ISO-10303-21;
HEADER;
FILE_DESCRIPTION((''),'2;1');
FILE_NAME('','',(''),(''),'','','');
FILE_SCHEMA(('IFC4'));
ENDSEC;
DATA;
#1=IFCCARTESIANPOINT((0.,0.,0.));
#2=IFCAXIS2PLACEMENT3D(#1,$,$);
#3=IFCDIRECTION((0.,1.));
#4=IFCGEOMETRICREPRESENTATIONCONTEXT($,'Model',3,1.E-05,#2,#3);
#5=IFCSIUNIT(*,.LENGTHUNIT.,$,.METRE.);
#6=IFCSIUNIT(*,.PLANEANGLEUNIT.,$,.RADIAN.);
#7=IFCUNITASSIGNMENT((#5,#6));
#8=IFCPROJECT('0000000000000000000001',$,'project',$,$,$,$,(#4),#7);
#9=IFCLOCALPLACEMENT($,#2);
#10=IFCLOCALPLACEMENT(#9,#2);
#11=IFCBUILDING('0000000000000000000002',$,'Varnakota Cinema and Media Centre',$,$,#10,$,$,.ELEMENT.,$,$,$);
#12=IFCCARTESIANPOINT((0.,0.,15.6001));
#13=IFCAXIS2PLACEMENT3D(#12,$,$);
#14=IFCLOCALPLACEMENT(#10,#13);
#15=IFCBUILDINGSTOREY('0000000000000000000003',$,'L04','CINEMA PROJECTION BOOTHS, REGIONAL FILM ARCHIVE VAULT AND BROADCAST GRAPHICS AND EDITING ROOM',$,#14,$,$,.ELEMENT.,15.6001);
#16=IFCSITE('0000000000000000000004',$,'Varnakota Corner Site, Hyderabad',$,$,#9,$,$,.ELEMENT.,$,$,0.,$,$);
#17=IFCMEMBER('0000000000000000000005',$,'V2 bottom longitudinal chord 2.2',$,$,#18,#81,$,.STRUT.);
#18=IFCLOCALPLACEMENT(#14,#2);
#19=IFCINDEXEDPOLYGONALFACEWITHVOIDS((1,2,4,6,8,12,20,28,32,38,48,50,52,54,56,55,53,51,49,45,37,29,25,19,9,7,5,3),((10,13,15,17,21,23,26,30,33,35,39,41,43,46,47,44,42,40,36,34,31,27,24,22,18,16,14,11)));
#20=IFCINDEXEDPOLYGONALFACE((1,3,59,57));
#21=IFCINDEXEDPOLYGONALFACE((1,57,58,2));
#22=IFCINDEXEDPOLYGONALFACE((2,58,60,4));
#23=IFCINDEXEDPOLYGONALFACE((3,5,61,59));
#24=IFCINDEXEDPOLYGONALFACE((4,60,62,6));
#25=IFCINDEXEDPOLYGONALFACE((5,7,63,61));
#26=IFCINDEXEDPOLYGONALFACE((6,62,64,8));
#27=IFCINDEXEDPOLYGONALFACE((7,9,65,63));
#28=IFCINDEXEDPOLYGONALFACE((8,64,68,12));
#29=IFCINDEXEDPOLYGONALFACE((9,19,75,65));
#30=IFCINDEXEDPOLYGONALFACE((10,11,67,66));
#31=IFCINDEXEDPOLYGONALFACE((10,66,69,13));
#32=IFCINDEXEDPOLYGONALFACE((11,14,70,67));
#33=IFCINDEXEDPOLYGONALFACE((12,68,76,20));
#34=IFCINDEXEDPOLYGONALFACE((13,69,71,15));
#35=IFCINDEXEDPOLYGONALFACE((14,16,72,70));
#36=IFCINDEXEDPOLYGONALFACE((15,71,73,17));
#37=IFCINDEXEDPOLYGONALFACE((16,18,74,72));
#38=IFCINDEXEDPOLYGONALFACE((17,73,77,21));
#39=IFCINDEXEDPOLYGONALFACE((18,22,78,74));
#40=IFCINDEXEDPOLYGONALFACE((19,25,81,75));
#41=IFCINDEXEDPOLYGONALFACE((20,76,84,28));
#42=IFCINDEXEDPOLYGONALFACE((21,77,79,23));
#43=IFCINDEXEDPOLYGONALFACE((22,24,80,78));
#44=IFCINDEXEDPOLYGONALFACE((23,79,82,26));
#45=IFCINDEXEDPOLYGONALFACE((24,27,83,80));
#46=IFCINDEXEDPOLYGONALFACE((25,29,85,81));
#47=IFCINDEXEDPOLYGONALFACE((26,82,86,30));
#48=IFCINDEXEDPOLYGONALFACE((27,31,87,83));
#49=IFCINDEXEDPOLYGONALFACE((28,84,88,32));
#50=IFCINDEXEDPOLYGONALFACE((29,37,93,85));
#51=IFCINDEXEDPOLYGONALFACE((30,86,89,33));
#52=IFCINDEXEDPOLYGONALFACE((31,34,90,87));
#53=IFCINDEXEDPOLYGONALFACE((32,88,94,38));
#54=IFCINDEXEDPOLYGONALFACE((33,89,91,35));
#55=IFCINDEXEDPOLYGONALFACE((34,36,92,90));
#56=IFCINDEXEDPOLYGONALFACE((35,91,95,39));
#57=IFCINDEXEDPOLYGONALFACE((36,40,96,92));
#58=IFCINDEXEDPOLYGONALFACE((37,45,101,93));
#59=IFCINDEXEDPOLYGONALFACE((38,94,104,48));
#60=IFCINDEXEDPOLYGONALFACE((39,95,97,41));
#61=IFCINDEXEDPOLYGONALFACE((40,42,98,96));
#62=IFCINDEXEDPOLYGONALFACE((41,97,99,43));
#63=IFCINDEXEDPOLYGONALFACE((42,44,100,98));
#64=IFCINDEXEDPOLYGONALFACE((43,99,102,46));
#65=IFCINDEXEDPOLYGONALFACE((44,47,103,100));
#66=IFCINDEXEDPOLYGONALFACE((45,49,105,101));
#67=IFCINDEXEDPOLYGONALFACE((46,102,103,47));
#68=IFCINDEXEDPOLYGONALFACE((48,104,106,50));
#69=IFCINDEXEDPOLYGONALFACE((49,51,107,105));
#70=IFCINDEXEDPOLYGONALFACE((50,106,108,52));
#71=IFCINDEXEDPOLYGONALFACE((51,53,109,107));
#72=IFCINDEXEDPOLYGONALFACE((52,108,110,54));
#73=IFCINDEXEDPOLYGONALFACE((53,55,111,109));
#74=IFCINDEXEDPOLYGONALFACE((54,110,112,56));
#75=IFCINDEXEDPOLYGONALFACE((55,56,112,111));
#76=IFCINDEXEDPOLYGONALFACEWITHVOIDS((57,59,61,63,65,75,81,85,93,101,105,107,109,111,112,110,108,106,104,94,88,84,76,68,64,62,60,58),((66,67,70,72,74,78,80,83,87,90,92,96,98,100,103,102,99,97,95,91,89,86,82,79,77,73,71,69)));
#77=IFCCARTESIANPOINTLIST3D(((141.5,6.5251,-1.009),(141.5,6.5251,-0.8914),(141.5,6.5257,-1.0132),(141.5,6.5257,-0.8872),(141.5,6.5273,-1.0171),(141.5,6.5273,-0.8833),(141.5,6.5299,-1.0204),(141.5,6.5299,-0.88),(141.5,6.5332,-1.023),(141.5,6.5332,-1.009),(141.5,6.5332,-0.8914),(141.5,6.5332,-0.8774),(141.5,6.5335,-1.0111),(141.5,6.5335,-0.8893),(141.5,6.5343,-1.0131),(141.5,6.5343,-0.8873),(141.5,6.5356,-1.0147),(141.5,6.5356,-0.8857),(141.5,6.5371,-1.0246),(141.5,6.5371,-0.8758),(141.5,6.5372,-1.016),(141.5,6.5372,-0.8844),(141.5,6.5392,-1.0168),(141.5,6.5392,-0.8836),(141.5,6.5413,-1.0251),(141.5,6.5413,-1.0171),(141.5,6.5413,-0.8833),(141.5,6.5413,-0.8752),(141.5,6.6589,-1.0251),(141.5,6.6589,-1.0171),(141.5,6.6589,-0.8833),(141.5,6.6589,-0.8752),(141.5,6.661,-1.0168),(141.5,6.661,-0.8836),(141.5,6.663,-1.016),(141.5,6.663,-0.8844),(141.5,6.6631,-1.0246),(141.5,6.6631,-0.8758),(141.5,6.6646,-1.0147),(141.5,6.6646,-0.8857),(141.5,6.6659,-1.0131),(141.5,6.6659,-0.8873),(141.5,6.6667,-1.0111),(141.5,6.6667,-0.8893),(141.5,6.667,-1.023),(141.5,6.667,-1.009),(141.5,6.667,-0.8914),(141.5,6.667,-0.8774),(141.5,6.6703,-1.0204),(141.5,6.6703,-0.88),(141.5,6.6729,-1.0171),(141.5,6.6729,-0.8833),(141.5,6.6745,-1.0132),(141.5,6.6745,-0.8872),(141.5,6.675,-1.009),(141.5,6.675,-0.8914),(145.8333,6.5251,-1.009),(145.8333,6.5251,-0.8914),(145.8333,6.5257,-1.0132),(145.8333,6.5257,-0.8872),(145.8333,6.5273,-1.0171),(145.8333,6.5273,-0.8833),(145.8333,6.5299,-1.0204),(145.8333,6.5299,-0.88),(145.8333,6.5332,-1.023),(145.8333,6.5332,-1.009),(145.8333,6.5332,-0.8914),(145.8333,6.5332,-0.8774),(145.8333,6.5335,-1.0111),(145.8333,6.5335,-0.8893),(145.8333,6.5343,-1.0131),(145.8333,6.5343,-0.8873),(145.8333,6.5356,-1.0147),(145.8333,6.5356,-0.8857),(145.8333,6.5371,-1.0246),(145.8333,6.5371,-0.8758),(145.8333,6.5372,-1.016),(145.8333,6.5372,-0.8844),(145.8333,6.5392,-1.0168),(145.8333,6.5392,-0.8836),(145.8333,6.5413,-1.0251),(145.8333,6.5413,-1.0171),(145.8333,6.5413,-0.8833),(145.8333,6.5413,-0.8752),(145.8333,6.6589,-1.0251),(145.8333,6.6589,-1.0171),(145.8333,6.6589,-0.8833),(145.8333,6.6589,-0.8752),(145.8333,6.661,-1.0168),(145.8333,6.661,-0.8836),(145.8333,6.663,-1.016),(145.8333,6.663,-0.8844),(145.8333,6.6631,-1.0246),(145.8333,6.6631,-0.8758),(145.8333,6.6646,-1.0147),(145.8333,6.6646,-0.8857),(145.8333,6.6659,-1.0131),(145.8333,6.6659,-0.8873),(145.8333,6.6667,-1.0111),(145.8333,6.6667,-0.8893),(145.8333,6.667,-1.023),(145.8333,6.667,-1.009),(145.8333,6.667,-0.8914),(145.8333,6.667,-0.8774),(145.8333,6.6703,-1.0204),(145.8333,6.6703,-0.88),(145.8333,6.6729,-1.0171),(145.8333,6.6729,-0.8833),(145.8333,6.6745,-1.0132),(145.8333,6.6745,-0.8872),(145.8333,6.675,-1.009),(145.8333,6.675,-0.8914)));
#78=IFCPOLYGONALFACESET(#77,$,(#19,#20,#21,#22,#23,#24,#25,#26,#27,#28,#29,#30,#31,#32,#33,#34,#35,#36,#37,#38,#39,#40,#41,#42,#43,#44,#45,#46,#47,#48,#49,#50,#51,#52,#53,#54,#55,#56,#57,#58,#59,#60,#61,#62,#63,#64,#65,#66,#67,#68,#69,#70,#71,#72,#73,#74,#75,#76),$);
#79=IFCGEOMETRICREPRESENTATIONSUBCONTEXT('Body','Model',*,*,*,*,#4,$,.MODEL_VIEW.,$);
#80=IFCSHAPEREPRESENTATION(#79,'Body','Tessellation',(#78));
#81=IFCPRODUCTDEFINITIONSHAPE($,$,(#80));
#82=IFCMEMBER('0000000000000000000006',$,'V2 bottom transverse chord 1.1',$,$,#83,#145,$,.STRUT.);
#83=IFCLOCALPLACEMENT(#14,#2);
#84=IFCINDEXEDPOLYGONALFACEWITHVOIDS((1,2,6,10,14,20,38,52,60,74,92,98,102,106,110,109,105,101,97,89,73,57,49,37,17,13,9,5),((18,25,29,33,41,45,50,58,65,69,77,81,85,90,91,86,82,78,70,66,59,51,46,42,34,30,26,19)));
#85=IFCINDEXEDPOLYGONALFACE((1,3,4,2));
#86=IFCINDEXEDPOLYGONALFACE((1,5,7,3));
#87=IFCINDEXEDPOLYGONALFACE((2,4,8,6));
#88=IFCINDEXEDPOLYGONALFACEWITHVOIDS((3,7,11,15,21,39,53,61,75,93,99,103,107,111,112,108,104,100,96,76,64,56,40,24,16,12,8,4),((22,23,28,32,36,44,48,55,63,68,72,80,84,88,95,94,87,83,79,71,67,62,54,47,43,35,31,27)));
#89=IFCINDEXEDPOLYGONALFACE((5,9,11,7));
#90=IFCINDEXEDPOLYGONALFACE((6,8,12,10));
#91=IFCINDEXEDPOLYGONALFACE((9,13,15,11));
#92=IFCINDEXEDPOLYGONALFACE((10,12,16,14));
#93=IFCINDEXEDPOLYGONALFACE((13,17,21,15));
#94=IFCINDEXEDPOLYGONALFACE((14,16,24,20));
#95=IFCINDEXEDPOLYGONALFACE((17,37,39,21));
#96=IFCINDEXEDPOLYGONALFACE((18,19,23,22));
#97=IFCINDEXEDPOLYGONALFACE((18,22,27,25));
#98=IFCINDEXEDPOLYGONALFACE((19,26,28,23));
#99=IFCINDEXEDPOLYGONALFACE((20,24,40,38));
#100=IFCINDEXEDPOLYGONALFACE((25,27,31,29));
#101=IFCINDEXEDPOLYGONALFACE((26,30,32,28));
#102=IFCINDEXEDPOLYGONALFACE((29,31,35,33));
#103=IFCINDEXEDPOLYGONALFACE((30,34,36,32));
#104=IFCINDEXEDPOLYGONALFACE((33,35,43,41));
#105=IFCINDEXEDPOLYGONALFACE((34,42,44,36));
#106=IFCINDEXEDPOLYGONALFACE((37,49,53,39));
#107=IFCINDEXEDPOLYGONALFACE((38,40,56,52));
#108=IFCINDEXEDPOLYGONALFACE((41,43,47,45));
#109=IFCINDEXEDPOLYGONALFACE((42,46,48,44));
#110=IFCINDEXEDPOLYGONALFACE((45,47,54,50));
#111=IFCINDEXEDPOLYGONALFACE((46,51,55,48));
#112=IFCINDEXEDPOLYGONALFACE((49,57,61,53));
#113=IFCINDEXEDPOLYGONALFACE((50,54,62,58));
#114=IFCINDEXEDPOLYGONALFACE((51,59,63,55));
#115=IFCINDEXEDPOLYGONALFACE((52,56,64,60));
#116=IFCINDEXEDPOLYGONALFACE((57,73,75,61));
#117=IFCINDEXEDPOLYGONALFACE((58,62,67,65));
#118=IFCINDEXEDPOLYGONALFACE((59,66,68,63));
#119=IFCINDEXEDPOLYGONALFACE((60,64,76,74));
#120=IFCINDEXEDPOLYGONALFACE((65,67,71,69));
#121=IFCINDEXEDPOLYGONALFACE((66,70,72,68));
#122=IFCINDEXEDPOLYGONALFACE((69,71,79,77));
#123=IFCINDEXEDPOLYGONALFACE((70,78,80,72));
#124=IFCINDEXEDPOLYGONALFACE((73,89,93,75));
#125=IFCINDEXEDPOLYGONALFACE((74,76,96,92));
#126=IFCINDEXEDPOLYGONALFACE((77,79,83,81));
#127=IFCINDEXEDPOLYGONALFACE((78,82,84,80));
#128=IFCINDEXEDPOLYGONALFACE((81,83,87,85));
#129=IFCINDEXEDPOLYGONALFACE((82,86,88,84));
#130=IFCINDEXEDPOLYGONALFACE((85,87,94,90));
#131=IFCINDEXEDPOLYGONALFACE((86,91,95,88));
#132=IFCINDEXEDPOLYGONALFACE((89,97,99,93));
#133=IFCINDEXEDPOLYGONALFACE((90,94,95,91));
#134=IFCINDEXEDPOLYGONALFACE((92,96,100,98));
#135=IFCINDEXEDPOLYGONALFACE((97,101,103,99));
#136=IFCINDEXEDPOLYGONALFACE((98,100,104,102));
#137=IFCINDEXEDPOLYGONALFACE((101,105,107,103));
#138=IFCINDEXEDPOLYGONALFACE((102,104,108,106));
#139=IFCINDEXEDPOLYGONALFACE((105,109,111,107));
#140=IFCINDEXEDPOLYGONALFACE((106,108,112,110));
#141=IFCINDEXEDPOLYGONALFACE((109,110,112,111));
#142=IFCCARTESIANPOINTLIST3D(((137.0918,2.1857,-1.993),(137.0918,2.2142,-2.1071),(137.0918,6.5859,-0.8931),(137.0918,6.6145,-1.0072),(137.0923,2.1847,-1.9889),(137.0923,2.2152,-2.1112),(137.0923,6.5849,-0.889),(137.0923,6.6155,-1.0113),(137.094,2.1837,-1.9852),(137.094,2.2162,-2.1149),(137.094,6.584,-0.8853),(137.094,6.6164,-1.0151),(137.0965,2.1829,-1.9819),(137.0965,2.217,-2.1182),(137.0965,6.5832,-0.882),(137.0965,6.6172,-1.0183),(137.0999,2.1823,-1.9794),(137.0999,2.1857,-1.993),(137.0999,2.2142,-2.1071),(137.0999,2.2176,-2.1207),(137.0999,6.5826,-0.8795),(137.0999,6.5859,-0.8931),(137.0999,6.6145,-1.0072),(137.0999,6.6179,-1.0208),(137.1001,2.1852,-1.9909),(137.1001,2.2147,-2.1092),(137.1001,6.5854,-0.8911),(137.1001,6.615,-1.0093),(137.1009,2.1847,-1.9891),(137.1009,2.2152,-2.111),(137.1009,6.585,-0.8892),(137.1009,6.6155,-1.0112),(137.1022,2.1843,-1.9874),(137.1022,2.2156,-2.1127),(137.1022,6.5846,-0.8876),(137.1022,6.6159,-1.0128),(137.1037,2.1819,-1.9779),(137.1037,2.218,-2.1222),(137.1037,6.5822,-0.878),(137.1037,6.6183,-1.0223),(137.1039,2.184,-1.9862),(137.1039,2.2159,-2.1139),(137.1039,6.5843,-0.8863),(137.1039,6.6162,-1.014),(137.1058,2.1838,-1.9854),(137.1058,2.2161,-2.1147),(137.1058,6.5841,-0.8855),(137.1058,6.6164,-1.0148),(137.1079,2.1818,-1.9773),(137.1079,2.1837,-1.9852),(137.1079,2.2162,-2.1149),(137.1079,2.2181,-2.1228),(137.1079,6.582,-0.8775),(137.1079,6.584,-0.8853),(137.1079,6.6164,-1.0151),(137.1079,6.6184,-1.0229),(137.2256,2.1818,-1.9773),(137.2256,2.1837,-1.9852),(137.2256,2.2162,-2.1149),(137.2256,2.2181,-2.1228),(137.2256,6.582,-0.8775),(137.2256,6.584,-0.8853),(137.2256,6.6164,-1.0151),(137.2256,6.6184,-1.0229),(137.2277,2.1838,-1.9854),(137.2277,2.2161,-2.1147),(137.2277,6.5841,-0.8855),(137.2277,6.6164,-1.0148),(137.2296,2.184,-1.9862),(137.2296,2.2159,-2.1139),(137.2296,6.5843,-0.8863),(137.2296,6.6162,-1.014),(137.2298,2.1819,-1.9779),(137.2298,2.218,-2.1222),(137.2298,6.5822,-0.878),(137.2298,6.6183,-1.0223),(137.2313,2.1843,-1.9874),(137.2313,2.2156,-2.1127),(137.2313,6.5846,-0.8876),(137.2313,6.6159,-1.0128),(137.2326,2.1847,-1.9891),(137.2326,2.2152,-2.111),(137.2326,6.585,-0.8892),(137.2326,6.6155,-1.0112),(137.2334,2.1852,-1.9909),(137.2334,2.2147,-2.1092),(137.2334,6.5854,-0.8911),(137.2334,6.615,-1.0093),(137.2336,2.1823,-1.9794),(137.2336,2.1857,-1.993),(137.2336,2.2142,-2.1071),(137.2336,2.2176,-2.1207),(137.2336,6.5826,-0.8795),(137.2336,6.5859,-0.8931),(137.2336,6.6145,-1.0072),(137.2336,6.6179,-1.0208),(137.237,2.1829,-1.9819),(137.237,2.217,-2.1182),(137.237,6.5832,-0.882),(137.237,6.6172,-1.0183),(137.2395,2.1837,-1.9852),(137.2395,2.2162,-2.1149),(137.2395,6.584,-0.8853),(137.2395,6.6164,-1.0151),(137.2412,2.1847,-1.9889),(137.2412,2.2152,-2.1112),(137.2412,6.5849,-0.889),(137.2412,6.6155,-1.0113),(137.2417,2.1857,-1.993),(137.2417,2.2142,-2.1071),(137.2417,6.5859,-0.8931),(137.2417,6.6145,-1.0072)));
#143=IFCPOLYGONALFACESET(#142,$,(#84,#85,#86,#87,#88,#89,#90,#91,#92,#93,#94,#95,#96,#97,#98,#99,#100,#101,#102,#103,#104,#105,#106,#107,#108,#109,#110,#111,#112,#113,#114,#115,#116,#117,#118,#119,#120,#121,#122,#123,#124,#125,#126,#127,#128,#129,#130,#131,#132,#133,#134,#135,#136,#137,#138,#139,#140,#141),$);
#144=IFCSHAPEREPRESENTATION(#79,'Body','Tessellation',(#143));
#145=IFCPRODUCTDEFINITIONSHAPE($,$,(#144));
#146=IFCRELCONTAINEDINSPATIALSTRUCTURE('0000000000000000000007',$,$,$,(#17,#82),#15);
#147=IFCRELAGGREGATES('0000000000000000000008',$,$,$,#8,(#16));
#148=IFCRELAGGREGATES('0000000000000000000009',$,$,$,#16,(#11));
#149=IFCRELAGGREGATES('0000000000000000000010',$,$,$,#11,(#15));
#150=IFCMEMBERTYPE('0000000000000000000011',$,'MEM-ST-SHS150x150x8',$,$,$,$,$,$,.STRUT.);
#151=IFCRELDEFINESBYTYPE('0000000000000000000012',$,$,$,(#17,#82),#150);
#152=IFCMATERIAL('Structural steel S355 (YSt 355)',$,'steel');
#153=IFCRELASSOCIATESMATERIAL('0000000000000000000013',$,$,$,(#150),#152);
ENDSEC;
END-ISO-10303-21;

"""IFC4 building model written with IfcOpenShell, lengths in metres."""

from ifc_helpers import new_model, si_unit, direction, frame, origin, origin_2d, place, context, subcontext, project, spatial, hollow_rectangle, extrude, material, material_profile, profile_set, type_object, element, save


model = new_model("IFC4")

# Units and contexts
model_context = context("Model", 3, precision=1e-05, world=origin(), true_north=direction((0.0, 1.0)))
body_context = subcontext(model_context, "Body", "Model", "MODEL_VIEW")
ifc_project = project(units=[si_unit("LENGTHUNIT", "METRE"), si_unit("PLANEANGLEUNIT", "RADIAN")], contexts=[model_context])

# Site, building, storey
site_placement = place(None, origin())
site = spatial("IfcSite", under=ifc_project, at=site_placement, Name="Varnakota Corner Site, Hyderabad", CompositionType="ELEMENT", RefElevation=0.0)
building_placement = place(site_placement, origin())
building = spatial("IfcBuilding", under=site, at=building_placement, Name="Varnakota Cinema and Media Centre", CompositionType="ELEMENT")
storey_placement = place(building_placement, frame((0.0, 0.0, 15.6001)))
storey = spatial("IfcBuildingStorey", under=building, at=storey_placement, Name="L04", Description="CINEMA PROJECTION BOOTHS, REGIONAL FILM ARCHIVE VAULT AND BROADCAST GRAPHICS AND EDITING ROOM", CompositionType="ELEMENT", Elevation=15.6001)

# Members
ifc_material_1 = material(Name="Structural steel S355 (YSt 355)", Category="steel")
ifc_material_profile_1 = material_profile(ifc_material_1, hollow_rectangle(XDim=0.1499, YDim=0.1499, WallThickness=0.0081, InnerFilletRadius=0.0081, OuterFilletRadius=0.0161, at=origin_2d()), Name="SHS 150x150x8")
ifc_profile_set_1 = profile_set([ifc_material_profile_1], Name="Structural steel S355 (YSt 355)")
member_type_1 = type_object("IfcMemberType", Name="MEM-ST-SHS150x150x8", PredefinedType="STRUT", material=ifc_profile_set_1)
for number, where, z_axis, x_axis, name in (
    (1, (141.5, 6.6001, -0.9502), (1.0, 0.0, 0.0), (0.0, 1.0, 0.0), "V2 bottom longitudinal chord 2.2"),
):
    element("IfcMember", number, at=place(storey_placement, frame(where, z_axis=z_axis, x_axis=x_axis)), inside=storey, type_object=member_type_1, Name=name, PredefinedType="STRUT", context=body_context, shape_type="SweptSolid", body=[
        extrude(hollow_rectangle(XDim=0.1499, YDim=0.1499, WallThickness=0.0081, InnerFilletRadius=0.0081, OuterFilletRadius=0.0161, at=origin_2d()), origin(), (0.0, 0.0, 1.0), 4.3333),
    ])
member_1_placement = place(storey_placement, frame((137.1667, 2.2, -2.05), z_axis=(0.0, 0.970152, 0.242498), x_axis=(-1.0, 0.0, 0.0)))
element("IfcMember", 2, at=member_1_placement, inside=storey, type_object=member_type_1, Name="V2 bottom transverse chord 1.1", PredefinedType="STRUT", context=body_context, shape_type="SweptSolid", body=[
    extrude(hollow_rectangle(XDim=0.1499, YDim=0.1499, WallThickness=0.0081, InnerFilletRadius=0.0081, OuterFilletRadius=0.0161, at=origin_2d()), origin(), (0.0, 0.0, 1.0), 4.5356),
])

save(model, "model.ifc")
